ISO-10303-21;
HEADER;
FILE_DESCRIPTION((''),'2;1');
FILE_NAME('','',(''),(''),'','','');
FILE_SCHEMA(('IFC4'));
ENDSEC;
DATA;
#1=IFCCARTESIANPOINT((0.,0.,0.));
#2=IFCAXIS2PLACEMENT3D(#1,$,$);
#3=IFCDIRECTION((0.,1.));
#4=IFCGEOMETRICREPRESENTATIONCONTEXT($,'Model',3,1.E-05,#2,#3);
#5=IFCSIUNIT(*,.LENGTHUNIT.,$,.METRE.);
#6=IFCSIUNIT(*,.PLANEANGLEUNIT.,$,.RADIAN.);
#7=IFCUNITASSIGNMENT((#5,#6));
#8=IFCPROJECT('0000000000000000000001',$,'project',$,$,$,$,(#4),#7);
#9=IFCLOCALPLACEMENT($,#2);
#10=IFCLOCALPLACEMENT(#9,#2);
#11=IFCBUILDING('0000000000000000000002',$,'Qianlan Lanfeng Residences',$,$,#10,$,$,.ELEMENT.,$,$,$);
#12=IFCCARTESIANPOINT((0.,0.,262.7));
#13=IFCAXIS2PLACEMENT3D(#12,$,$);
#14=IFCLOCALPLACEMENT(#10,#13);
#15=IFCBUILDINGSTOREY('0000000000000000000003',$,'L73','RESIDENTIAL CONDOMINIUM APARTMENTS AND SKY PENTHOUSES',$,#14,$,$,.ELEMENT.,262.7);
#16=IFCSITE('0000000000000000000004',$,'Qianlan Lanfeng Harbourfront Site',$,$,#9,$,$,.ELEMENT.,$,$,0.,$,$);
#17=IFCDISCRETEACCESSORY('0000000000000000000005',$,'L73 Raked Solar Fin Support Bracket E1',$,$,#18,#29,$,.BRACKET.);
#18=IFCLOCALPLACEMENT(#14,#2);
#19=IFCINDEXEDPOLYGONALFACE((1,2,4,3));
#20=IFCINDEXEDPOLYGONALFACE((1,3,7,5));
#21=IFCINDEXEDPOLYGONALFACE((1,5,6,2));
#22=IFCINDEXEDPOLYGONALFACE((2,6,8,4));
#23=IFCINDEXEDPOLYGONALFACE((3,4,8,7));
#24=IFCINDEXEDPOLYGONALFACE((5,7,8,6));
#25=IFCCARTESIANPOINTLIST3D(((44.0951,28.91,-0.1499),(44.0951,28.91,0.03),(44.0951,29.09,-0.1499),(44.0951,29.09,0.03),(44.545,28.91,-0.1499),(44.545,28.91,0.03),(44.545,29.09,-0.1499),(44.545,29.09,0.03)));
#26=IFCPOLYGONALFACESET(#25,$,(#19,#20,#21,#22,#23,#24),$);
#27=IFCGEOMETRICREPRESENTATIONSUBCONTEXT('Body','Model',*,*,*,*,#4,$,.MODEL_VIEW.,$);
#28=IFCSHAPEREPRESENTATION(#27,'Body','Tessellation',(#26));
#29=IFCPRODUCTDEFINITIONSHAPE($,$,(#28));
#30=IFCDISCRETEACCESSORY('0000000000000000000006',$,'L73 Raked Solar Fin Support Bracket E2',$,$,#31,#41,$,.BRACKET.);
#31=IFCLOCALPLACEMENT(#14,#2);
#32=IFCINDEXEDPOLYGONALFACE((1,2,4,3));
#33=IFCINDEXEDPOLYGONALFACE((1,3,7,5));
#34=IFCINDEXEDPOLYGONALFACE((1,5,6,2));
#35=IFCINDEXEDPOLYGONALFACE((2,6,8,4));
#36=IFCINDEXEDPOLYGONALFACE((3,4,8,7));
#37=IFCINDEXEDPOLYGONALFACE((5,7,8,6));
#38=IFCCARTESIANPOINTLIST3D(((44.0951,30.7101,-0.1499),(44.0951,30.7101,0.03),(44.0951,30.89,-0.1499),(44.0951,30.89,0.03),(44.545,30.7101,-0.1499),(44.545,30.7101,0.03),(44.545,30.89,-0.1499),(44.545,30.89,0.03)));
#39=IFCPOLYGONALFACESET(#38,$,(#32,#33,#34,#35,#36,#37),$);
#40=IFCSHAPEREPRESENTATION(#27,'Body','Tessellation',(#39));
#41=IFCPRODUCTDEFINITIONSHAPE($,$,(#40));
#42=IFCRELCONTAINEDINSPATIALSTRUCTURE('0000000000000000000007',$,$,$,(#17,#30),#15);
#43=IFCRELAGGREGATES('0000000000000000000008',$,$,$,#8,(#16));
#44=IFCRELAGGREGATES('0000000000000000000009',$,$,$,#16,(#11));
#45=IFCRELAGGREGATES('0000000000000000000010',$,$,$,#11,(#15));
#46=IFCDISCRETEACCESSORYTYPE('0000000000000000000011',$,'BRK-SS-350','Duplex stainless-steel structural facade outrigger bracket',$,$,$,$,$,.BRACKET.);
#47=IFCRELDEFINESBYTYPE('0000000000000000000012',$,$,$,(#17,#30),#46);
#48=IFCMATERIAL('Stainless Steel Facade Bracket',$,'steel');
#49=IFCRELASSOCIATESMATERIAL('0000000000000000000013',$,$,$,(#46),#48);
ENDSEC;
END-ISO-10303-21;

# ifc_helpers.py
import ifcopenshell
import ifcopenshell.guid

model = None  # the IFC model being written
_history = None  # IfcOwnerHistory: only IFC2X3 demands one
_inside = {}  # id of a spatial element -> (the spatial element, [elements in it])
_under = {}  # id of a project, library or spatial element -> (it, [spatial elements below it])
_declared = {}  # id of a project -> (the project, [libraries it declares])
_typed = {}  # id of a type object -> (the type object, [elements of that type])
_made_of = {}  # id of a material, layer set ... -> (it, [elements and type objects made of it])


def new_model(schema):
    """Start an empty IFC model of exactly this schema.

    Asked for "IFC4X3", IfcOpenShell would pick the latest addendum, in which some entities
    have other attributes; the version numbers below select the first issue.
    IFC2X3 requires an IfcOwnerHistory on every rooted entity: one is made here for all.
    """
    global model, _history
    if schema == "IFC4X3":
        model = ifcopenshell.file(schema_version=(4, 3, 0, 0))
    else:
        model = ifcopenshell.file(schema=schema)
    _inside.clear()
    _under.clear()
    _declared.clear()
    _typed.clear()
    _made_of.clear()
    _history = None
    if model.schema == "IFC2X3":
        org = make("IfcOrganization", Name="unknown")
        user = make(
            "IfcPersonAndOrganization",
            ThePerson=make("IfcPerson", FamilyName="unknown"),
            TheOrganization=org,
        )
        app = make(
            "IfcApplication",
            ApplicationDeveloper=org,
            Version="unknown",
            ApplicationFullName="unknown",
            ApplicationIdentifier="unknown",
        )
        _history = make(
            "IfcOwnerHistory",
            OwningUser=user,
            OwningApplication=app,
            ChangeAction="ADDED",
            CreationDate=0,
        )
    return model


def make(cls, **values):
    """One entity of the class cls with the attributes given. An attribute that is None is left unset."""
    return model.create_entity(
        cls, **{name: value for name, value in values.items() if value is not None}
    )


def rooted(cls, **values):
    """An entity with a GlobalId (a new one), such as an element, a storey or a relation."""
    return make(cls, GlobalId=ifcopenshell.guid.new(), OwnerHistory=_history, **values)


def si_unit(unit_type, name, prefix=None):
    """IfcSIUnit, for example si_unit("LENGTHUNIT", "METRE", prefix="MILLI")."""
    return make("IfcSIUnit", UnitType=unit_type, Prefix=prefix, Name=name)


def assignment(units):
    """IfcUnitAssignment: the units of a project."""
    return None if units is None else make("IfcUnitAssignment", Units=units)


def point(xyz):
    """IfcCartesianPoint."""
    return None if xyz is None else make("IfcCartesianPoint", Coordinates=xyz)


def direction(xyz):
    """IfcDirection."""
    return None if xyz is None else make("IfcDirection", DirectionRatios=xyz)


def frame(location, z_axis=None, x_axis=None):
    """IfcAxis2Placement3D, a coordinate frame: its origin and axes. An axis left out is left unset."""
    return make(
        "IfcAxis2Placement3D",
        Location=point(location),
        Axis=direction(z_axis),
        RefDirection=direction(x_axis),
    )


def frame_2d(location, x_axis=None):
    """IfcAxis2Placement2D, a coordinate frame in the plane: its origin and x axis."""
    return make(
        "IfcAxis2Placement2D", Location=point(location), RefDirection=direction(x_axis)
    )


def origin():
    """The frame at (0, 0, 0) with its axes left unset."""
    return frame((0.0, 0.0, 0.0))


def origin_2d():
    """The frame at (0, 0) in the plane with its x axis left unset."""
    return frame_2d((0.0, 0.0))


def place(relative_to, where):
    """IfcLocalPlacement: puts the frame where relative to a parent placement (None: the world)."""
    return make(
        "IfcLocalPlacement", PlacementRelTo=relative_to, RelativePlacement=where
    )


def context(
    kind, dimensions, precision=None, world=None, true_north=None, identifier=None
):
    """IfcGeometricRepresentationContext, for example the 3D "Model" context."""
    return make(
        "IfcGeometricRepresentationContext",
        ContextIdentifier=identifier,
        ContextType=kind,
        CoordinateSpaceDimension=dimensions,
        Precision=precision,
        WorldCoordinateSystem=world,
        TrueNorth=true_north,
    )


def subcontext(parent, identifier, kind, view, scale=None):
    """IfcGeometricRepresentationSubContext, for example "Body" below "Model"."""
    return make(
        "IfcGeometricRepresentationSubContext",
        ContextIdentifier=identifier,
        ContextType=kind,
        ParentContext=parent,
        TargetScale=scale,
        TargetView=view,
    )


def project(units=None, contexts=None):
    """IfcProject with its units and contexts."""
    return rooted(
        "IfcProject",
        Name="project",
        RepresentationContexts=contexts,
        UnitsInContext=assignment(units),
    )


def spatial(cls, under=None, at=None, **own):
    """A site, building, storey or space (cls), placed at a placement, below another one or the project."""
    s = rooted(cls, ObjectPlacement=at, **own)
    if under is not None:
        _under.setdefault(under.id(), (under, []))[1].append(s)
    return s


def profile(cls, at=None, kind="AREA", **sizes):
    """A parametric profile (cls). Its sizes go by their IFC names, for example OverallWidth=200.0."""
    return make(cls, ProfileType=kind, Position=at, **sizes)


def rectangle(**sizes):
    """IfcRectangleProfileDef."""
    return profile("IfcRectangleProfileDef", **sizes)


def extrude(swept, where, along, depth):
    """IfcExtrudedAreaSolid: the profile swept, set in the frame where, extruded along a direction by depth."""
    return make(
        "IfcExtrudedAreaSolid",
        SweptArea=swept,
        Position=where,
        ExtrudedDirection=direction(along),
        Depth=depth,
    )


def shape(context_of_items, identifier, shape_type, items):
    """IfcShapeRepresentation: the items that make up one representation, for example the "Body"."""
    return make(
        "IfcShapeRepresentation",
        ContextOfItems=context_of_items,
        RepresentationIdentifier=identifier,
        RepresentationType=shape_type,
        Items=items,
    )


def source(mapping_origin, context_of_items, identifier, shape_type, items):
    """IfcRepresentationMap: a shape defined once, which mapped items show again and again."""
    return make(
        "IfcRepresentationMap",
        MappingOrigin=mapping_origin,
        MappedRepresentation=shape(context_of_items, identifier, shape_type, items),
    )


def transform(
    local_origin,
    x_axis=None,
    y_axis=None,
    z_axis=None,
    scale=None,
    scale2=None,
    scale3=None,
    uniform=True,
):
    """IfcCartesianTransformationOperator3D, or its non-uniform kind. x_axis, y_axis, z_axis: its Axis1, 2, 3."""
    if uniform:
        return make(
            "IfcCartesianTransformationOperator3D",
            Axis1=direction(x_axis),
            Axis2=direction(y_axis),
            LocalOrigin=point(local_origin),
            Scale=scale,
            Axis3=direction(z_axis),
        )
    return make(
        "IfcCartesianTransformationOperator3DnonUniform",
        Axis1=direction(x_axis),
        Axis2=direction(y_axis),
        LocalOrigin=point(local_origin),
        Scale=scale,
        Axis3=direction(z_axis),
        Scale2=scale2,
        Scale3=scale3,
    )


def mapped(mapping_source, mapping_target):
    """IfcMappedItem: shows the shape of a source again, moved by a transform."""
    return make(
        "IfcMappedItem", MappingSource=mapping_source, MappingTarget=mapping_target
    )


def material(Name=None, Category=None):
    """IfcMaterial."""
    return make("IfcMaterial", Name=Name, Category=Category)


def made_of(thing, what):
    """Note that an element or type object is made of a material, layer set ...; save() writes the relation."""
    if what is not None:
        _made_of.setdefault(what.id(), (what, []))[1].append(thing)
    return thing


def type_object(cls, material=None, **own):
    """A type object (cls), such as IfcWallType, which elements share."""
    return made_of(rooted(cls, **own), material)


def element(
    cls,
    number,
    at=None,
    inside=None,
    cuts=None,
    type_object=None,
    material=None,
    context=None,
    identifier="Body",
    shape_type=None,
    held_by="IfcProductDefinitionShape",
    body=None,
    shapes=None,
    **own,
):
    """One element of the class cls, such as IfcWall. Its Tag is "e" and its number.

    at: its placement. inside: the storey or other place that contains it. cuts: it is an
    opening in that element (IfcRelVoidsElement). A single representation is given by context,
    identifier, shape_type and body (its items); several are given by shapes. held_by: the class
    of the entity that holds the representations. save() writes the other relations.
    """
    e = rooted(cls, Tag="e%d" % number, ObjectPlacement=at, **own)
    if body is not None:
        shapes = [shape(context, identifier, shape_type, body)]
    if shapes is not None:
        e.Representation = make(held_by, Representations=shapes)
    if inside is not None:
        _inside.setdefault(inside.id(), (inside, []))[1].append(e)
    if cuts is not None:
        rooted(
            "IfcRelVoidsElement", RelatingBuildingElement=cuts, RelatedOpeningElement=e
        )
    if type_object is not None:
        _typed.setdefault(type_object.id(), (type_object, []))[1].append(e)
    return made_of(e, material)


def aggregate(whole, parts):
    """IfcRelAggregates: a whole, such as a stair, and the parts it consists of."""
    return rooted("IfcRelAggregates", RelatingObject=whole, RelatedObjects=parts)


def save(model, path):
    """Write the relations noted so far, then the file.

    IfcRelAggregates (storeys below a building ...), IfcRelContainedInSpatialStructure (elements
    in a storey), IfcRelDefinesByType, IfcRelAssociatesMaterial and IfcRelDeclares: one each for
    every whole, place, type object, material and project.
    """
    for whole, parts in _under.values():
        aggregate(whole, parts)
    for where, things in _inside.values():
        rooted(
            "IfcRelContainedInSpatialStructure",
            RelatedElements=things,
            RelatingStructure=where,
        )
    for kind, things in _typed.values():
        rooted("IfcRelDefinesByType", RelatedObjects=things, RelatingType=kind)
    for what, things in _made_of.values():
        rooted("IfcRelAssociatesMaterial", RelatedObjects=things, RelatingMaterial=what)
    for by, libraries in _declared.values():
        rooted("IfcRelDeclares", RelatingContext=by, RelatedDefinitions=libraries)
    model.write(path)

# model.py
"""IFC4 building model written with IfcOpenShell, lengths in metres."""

from ifc_helpers import new_model, si_unit, direction, frame, origin, origin_2d, place, context, subcontext, project, spatial, rectangle, extrude, source, transform, mapped, material, type_object, element, save


model = new_model("IFC4")

# Units and contexts
model_context = context("Model", 3, precision=1e-05, world=origin(), true_north=direction((0.0, 1.0)))
body_context = subcontext(model_context, "Body", "Model", "MODEL_VIEW")
ifc_project = project(units=[si_unit("LENGTHUNIT", "METRE"), si_unit("PLANEANGLEUNIT", "RADIAN")], contexts=[model_context])

# Site, building, storey
site_placement = place(None, origin())
site = spatial("IfcSite", under=ifc_project, at=site_placement, Name="Qianlan Lanfeng Harbourfront Site", CompositionType="ELEMENT", RefElevation=0.0)
building_placement = place(site_placement, origin())
building = spatial("IfcBuilding", under=site, at=building_placement, Name="Qianlan Lanfeng Residences", CompositionType="ELEMENT")
storey_placement = place(building_placement, frame((0.0, 0.0, 262.7)))
storey = spatial("IfcBuildingStorey", under=building, at=storey_placement, Name="L73", Description="RESIDENTIAL CONDOMINIUM APARTMENTS AND SKY PENTHOUSES", CompositionType="ELEMENT", Elevation=262.7)

# Discrete accessories
ifc_material_1 = material(Name="Stainless Steel Facade Bracket", Category="steel")
discrete_accessory_type = type_object("IfcDiscreteAccessoryType", Name="BRK-SS-350", Description="Duplex stainless-steel structural facade outrigger bracket", PredefinedType="BRACKET", material=ifc_material_1)
shared_shape_1 = source(origin(), body_context, "Body", "SweptSolid", [
    extrude(rectangle(XDim=0.45, YDim=0.1799, at=origin_2d()), origin(), (0.0, 0.0, 1.0), 0.1799),
])
for number, where, z_axis, x_axis, name in (
    (1, (44.3201, 29.0, -0.1499), (0.0, 0.0, 1.0), (1.0, 0.0, 0.0), "L73 Raked Solar Fin Support Bracket E1"),
    (2, (44.3201, 30.8, -0.1499), (0.0, 0.0, 1.0), (1.0, 0.0, 0.0), "L73 Raked Solar Fin Support Bracket E2"),
):
    element("IfcDiscreteAccessory", number, at=place(storey_placement, frame(where, z_axis=z_axis, x_axis=x_axis)), inside=storey, type_object=discrete_accessory_type, Name=name, PredefinedType="BRACKET", context=body_context, shape_type="MappedRepresentation", body=[
        mapped(shared_shape_1, transform((0.0, 0.0, 0.0), scale=1.0)),
    ])

save(model, "model.ifc")
